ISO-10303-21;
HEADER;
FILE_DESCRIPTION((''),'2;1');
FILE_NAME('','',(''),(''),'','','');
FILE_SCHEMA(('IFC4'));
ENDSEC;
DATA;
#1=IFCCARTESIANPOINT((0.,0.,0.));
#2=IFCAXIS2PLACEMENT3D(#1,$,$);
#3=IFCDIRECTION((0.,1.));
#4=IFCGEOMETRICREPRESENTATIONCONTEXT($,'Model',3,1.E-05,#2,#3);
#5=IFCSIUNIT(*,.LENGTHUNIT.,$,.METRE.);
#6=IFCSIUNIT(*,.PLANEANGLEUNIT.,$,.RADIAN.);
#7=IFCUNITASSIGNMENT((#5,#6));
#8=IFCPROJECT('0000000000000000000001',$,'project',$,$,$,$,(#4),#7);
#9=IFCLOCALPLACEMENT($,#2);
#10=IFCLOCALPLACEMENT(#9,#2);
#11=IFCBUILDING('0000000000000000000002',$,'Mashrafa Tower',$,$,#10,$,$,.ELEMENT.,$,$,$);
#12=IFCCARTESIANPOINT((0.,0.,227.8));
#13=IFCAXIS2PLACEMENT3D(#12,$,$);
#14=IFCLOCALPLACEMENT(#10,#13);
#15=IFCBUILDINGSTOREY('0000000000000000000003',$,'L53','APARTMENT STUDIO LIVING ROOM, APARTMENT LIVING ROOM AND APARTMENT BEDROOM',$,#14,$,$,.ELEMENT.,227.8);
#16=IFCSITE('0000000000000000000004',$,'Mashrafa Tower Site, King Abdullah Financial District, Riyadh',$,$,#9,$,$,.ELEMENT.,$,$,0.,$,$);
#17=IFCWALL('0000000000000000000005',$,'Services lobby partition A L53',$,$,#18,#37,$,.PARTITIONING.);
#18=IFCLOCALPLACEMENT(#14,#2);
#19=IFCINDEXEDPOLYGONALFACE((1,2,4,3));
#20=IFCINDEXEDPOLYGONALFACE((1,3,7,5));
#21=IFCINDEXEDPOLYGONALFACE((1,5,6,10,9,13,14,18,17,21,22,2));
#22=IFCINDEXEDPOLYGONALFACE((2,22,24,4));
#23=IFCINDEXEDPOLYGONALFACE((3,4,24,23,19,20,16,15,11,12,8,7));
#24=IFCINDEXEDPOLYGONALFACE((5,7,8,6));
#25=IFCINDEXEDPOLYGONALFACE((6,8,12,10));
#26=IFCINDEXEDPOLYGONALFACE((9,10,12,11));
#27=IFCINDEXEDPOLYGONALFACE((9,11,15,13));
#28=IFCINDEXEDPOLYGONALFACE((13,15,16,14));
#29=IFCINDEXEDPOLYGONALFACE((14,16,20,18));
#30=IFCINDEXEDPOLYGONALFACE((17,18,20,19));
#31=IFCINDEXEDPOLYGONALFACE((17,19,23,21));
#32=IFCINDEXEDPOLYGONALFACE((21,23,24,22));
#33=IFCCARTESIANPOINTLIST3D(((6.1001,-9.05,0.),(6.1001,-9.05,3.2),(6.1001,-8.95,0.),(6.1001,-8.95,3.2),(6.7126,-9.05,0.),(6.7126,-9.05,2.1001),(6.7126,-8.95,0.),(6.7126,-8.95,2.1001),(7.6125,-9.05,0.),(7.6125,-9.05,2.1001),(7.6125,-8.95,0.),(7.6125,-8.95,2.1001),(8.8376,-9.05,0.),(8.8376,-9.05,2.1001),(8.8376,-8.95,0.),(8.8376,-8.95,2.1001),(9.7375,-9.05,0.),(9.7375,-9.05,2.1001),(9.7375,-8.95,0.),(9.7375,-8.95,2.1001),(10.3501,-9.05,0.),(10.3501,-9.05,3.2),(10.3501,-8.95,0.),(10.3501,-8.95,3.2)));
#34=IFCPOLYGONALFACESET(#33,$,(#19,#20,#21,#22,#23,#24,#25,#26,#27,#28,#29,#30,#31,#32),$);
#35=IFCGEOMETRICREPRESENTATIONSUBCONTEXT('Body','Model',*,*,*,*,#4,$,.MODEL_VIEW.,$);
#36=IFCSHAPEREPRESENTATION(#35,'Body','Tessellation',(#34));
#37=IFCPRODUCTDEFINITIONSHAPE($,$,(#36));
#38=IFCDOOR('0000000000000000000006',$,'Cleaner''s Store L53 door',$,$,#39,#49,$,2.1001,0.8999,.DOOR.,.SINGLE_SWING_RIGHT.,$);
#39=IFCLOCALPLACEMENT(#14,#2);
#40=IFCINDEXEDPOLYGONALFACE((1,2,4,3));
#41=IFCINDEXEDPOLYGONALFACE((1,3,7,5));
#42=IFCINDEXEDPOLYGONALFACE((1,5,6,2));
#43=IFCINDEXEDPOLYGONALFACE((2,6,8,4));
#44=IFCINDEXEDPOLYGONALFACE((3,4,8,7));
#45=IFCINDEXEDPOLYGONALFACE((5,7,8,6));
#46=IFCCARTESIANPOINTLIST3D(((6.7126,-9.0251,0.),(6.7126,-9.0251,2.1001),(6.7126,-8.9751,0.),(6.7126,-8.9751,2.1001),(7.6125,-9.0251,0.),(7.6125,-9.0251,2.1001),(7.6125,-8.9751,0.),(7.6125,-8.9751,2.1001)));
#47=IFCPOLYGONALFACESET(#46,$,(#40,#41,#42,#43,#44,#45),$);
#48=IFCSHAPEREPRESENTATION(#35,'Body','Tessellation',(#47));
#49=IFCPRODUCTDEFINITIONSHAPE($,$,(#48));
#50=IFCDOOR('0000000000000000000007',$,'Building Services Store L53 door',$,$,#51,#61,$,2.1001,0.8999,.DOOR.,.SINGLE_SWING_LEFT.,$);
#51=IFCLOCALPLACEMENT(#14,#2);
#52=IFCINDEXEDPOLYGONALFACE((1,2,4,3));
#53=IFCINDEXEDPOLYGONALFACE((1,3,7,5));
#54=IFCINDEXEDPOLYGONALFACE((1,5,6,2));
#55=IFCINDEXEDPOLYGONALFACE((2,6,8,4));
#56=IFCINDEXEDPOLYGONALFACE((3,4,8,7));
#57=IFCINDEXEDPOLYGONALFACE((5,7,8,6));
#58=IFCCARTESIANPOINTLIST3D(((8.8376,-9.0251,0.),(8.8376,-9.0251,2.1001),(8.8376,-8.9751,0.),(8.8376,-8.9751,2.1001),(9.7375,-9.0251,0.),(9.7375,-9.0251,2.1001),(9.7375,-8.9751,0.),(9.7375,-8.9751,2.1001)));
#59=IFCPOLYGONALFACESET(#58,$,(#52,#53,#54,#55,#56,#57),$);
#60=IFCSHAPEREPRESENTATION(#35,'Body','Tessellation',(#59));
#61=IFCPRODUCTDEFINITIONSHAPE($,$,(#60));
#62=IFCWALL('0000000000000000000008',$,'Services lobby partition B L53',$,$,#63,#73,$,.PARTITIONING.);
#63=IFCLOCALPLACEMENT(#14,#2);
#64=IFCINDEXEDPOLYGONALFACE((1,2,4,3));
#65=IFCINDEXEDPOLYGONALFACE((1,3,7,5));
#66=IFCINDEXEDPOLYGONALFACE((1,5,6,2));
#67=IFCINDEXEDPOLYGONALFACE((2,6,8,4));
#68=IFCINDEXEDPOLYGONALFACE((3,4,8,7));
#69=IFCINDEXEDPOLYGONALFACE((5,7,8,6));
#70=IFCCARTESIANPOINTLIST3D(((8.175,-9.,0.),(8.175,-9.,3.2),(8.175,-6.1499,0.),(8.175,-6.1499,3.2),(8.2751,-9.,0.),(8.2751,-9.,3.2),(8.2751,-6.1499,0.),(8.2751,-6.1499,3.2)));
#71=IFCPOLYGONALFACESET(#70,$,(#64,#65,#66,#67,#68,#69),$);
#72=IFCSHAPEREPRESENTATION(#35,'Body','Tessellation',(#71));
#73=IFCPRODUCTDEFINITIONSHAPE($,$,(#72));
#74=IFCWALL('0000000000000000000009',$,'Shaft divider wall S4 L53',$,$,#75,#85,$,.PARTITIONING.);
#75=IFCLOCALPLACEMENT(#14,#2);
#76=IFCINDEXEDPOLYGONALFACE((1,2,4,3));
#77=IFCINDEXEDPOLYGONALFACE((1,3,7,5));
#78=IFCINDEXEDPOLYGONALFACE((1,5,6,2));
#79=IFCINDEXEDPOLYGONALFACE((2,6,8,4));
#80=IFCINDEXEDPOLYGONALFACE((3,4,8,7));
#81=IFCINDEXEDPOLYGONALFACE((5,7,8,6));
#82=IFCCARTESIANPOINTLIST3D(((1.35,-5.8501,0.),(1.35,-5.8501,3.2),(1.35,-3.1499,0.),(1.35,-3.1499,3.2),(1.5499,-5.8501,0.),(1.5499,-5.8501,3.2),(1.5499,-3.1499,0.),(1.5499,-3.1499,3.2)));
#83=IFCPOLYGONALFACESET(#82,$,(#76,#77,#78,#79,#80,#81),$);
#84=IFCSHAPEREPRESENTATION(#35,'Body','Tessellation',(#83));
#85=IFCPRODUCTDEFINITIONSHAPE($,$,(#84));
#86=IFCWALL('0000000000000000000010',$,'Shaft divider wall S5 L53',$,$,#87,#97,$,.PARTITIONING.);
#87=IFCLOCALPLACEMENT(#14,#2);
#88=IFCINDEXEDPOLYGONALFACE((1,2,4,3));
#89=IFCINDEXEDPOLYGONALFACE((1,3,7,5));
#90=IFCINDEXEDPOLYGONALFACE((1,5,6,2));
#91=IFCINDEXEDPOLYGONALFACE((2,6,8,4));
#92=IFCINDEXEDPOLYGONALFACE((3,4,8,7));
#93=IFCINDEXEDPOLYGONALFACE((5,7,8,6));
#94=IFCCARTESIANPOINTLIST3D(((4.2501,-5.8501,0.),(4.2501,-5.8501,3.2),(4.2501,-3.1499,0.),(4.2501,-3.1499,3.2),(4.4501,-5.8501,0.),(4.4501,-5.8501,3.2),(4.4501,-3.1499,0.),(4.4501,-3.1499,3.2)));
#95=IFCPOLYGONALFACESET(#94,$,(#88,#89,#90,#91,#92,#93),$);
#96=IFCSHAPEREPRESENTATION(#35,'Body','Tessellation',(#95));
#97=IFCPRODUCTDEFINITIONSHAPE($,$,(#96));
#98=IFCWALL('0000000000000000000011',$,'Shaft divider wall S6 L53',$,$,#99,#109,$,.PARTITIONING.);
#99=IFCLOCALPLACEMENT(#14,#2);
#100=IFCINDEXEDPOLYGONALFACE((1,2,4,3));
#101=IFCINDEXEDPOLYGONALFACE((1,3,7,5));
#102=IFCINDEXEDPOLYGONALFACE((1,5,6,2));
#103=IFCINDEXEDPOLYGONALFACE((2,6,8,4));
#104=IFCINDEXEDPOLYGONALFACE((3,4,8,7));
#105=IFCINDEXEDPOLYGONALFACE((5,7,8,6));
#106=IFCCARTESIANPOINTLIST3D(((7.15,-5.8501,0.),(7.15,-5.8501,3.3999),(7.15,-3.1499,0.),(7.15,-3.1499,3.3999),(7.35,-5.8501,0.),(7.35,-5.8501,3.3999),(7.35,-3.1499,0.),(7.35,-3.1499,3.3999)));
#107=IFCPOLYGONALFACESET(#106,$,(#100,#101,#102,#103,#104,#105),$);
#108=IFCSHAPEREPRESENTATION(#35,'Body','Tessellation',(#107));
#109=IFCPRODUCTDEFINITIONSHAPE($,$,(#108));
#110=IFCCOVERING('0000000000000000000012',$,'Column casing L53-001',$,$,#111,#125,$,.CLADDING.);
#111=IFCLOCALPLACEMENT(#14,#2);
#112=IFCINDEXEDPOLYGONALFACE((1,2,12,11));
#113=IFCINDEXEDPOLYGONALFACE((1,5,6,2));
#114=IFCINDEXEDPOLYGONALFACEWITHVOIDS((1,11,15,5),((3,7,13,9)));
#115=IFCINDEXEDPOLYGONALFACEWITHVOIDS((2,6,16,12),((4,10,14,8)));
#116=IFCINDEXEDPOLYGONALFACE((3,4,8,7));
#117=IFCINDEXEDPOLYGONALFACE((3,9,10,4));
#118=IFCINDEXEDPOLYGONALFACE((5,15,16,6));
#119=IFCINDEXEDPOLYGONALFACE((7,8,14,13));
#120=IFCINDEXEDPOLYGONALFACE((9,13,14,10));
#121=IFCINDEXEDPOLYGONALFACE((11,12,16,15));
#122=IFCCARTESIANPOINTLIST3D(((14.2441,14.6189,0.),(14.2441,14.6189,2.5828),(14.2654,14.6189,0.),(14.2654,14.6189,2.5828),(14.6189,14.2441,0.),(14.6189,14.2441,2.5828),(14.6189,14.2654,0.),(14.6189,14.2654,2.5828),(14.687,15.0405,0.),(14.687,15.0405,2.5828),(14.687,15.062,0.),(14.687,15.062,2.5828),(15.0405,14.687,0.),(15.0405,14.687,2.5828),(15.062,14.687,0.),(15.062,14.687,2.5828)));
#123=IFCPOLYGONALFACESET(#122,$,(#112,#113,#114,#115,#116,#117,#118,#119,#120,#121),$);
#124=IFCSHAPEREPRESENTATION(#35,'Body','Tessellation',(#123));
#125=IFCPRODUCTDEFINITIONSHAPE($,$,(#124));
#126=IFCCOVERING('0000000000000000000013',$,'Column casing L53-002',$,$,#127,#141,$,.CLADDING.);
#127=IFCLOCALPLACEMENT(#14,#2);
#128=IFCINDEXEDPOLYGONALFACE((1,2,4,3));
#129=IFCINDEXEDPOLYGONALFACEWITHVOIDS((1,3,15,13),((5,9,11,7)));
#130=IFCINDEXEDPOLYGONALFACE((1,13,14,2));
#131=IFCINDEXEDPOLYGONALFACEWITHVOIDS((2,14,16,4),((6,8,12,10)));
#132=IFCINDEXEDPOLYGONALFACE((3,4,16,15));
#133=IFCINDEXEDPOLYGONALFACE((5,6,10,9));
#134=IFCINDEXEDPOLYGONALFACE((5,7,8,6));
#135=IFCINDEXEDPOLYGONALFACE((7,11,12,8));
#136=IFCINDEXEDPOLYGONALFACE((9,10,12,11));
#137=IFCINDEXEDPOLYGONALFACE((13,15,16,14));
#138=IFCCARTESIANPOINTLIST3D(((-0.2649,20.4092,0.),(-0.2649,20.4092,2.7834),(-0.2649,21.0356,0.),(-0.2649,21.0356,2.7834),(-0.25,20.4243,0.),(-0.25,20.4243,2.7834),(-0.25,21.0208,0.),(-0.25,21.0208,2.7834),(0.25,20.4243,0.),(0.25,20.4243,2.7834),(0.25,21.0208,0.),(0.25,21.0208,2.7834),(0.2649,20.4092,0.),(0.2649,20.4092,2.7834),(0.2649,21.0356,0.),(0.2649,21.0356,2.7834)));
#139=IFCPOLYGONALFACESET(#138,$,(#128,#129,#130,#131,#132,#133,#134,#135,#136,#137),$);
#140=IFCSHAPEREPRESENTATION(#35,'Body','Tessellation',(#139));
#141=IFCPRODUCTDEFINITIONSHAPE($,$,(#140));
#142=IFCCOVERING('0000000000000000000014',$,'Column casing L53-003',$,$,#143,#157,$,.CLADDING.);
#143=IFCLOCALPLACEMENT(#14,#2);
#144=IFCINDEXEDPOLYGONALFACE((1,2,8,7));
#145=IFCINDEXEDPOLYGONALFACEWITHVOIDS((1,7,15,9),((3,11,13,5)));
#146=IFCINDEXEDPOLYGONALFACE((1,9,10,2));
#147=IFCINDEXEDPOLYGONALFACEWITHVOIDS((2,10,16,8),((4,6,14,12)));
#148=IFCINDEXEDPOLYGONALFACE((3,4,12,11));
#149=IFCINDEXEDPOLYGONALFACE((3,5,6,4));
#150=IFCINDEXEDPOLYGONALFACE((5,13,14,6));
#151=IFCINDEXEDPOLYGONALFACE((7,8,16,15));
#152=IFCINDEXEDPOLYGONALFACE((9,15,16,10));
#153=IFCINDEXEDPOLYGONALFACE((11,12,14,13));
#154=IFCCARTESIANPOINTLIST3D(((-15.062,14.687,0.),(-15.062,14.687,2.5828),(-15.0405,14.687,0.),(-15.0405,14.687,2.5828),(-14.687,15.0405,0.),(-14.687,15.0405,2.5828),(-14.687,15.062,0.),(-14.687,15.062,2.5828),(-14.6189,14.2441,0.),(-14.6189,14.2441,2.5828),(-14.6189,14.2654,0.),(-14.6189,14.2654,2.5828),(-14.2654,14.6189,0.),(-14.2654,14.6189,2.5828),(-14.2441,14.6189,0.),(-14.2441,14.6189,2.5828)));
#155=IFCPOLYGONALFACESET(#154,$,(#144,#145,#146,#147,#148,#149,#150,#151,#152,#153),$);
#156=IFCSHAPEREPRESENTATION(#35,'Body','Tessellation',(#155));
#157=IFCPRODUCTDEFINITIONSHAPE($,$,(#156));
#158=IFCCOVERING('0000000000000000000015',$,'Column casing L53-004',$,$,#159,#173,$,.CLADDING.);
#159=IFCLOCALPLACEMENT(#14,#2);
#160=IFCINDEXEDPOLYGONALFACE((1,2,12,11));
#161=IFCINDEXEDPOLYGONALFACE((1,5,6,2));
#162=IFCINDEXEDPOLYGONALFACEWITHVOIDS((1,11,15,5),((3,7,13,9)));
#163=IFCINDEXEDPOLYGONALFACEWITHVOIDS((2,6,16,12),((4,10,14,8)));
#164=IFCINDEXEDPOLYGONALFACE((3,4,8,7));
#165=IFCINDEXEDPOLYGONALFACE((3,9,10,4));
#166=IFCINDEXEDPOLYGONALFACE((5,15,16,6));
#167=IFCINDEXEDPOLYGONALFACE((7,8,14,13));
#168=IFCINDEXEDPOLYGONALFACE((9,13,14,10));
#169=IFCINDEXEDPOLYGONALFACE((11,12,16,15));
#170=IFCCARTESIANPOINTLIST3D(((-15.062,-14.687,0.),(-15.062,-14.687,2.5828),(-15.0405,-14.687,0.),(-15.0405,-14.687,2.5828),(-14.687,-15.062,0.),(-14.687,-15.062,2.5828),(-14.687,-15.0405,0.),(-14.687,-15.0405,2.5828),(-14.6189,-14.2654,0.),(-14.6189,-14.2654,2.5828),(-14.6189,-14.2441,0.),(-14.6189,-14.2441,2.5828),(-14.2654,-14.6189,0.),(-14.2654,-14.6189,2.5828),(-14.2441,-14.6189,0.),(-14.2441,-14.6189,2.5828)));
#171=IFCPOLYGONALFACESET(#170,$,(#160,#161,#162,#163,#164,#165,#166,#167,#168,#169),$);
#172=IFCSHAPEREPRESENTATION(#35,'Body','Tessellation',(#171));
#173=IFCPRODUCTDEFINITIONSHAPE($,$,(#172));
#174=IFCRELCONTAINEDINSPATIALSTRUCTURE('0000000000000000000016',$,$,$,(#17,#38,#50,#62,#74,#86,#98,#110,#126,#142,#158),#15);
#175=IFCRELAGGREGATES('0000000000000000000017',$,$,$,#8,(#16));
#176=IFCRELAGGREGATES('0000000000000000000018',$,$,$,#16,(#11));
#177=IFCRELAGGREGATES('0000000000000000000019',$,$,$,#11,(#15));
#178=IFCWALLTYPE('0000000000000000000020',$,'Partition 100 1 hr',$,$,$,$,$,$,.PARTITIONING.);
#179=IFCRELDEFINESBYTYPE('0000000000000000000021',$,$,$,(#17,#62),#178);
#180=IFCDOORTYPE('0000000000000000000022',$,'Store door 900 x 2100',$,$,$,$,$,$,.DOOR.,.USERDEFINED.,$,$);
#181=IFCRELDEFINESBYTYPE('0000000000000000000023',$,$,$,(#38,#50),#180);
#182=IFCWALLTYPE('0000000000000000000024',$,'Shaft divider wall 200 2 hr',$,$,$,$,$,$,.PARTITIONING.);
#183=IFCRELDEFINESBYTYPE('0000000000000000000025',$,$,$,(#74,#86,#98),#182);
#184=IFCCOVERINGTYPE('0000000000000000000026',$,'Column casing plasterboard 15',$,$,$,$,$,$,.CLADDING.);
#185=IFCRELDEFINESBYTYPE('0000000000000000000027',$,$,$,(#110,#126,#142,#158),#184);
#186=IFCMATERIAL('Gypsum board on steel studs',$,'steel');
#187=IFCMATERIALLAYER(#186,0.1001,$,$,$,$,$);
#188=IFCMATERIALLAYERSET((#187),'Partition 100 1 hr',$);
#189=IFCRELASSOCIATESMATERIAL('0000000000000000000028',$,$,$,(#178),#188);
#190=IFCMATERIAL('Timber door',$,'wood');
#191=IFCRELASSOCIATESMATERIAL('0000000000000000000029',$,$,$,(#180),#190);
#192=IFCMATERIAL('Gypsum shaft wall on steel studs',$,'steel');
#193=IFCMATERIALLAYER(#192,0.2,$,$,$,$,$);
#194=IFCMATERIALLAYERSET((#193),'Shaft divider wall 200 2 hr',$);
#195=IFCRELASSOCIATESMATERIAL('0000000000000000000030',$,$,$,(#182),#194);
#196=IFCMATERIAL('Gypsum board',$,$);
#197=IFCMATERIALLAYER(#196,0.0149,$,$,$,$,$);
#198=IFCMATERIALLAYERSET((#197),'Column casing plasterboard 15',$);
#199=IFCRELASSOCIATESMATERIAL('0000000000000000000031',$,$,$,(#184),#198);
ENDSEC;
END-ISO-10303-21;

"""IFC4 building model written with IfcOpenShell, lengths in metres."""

from ifc_helpers import new_model, si_unit, direction, frame, frame_2d, origin, place, context, subcontext, project, spatial, polyline, rectangle, outline, extrude, material, layer, layer_set, type_object, element, fill, save


model = new_model("IFC4")

# Units and contexts
model_context = context("Model", 3, precision=1e-05, world=origin(), true_north=direction((0.0, 1.0)))
body_context = subcontext(model_context, "Body", "Model", "MODEL_VIEW")
ifc_project = project(units=[si_unit("LENGTHUNIT", "METRE"), si_unit("PLANEANGLEUNIT", "RADIAN")], contexts=[model_context])

# Site, building, storey
site_placement = place(None, origin())
site = spatial("IfcSite", under=ifc_project, at=site_placement, Name="Mashrafa Tower Site, King Abdullah Financial District, Riyadh", CompositionType="ELEMENT", RefElevation=0.0)
building_placement = place(site_placement, origin())
building = spatial("IfcBuilding", under=site, at=building_placement, Name="Mashrafa Tower", CompositionType="ELEMENT")
storey_placement = place(building_placement, frame((0.0, 0.0, 227.8)))
storey = spatial("IfcBuildingStorey", under=building, at=storey_placement, Name="L53", Description="APARTMENT STUDIO LIVING ROOM, APARTMENT LIVING ROOM AND APARTMENT BEDROOM", CompositionType="ELEMENT", Elevation=227.8)

# Wall, openings, doors
ifc_material_1 = material(Name="Gypsum board on steel studs", Category="steel")
ifc_layer_1 = layer(ifc_material_1, 0.1001)
ifc_layer_set_1 = layer_set([ifc_layer_1], Name="Partition 100 1 hr")
wall_type_1 = type_object("IfcWallType", Name="Partition 100 1 hr", PredefinedType="PARTITIONING", material=ifc_layer_set_1)
wall_1_placement = place(storey_placement, frame((6.1001, -9.0, 0.0), z_axis=(0.0, 0.0, 1.0), x_axis=(1.0, 0.0, 0.0)))
wall_1 = element("IfcWall", 1, at=wall_1_placement, inside=storey, type_object=wall_type_1, Name="Services lobby partition A L53", PredefinedType="PARTITIONING", context=body_context, shape_type="SweptSolid", body=[
    extrude(rectangle(XDim=4.25, YDim=0.1001, at=frame_2d((2.125, 0.0))), origin(), (0.0, 0.0, 1.0), 3.2),
])
opening_1_placement = place(wall_1_placement, frame((0.6125, 0.0, 0.0)))
opening_1 = element("IfcOpeningElement", 2, at=opening_1_placement, cuts=wall_1, PredefinedType="OPENING", context=body_context, shape_type="SweptSolid", body=[
    extrude(rectangle(XDim=0.8999, YDim=2.1001, at=frame_2d((0.45, 1.05))), frame((0.0, 0.0601, 0.0), z_axis=(0.0, -1.0, 0.0), x_axis=(1.0, 0.0, 0.0)), (0.0, 0.0, 1.0), 0.1201),
])
opening_2_placement = place(wall_1_placement, frame((2.7375, 0.0, 0.0)))
opening_2 = element("IfcOpeningElement", 3, at=opening_2_placement, cuts=wall_1, PredefinedType="OPENING", context=body_context, shape_type="SweptSolid", body=[
    extrude(rectangle(XDim=0.8999, YDim=2.1001, at=frame_2d((0.45, 1.05))), frame((0.0, 0.0601, 0.0), z_axis=(0.0, -1.0, 0.0), x_axis=(1.0, 0.0, 0.0)), (0.0, 0.0, 1.0), 0.1201),
])
ifc_material_2 = material(Name="Timber door", Category="wood")
door_type_1 = type_object("IfcDoorType", Name="Store door 900 x 2100", OperationType="USERDEFINED", PredefinedType="DOOR", material=ifc_material_2)
door_1_placement = place(opening_1_placement, origin())
door_1 = element("IfcDoor", 4, at=door_1_placement, inside=storey, type_object=door_type_1, Name="Cleaner's Store L53 door", OperationType="SINGLE_SWING_RIGHT", OverallHeight=2.1001, OverallWidth=0.8999, PredefinedType="DOOR", context=body_context, shape_type="SweptSolid", body=[
    extrude(rectangle(XDim=0.8999, YDim=2.1001, at=frame_2d((0.45, 1.05))), frame((0.0, 0.0249, 0.0), z_axis=(0.0, -1.0, 0.0), x_axis=(1.0, 0.0, 0.0)), (0.0, 0.0, 1.0), 0.05),
])
fill(opening_1, door_1)
door_2_placement = place(opening_2_placement, origin())
door_2 = element("IfcDoor", 5, at=door_2_placement, inside=storey, type_object=door_type_1, Name="Building Services Store L53 door", OperationType="SINGLE_SWING_LEFT", OverallHeight=2.1001, OverallWidth=0.8999, PredefinedType="DOOR", context=body_context, shape_type="SweptSolid", body=[
    extrude(rectangle(XDim=0.8999, YDim=2.1001, at=frame_2d((0.45, 1.05))), frame((0.0, 0.0249, 0.0), z_axis=(0.0, -1.0, 0.0), x_axis=(1.0, 0.0, 0.0)), (0.0, 0.0, 1.0), 0.05),
])
fill(opening_2, door_2)

# Walls
wall_2_placement = place(storey_placement, frame((8.2251, -9.0, 0.0), z_axis=(0.0, 0.0, 1.0), x_axis=(0.0, 1.0, 0.0)))
element("IfcWall", 6, at=wall_2_placement, inside=storey, type_object=wall_type_1, Name="Services lobby partition B L53", PredefinedType="PARTITIONING", context=body_context, shape_type="SweptSolid", body=[
    extrude(rectangle(XDim=2.8501, YDim=0.1001, at=frame_2d((1.425, 0.0))), origin(), (0.0, 0.0, 1.0), 3.2),
])
ifc_material_3 = material(Name="Gypsum shaft wall on steel studs", Category="steel")
ifc_layer_2 = layer(ifc_material_3, 0.2)
ifc_layer_set_2 = layer_set([ifc_layer_2], Name="Shaft divider wall 200 2 hr")
wall_type_2 = type_object("IfcWallType", Name="Shaft divider wall 200 2 hr", PredefinedType="PARTITIONING", material=ifc_layer_set_2)
for number, where, z_axis, x_axis, name in (
    (7, (1.45, -5.8501, 0.0), (0.0, 0.0, 1.0), (0.0, 1.0, 0.0), "Shaft divider wall S4 L53"),
    (8, (4.3501, -5.8501, 0.0), (0.0, 0.0, 1.0), (0.0, 1.0, 0.0), "Shaft divider wall S5 L53"),
):
    element("IfcWall", number, at=place(storey_placement, frame(where, z_axis=z_axis, x_axis=x_axis)), inside=storey, type_object=wall_type_2, Name=name, PredefinedType="PARTITIONING", context=body_context, shape_type="SweptSolid", body=[
        extrude(rectangle(XDim=2.7002, YDim=0.2, at=frame_2d((1.3501, 0.0))), origin(), (0.0, 0.0, 1.0), 3.2),
    ])
wall_3_placement = place(storey_placement, frame((7.25, -5.8501, 0.0), z_axis=(0.0, 0.0, 1.0), x_axis=(0.0, 1.0, 0.0)))
element("IfcWall", 9, at=wall_3_placement, inside=storey, type_object=wall_type_2, Name="Shaft divider wall S6 L53", PredefinedType="PARTITIONING", context=body_context, shape_type="SweptSolid", body=[
    extrude(rectangle(XDim=2.7002, YDim=0.2, at=frame_2d((1.3501, 0.0))), origin(), (0.0, 0.0, 1.0), 3.3999),
])

# Coverings
ifc_material_4 = material(Name="Gypsum board")
ifc_layer_3 = layer(ifc_material_4, 0.0149)
ifc_layer_set_3 = layer_set([ifc_layer_3], Name="Column casing plasterboard 15")
covering_type = type_object("IfcCoveringType", Name="Column casing plasterboard 15", PredefinedType="CLADDING", material=ifc_layer_set_3)
covering_1_placement = place(storey_placement, origin())
element("IfcCovering", 10, at=covering_1_placement, inside=storey, type_object=covering_type, Name="Column casing L53-001", PredefinedType="CLADDING", context=body_context, shape_type="SweptSolid", body=[
    extrude(outline(polyline([(14.2441, 14.6189), (14.687, 15.062), (15.062, 14.687), (14.6189, 14.2441), (14.2441, 14.6189)]), holes=[polyline([(15.0405, 14.687), (14.687, 15.0405), (14.2654, 14.6189), (14.6189, 14.2654), (15.0405, 14.687)])]), origin(), (0.0, 0.0, 1.0), 2.5828),
])
covering_2_placement = place(storey_placement, origin())
element("IfcCovering", 11, at=covering_2_placement, inside=storey, type_object=covering_type, Name="Column casing L53-002", PredefinedType="CLADDING", context=body_context, shape_type="SweptSolid", body=[
    extrude(outline(polyline([(-0.2649, 21.0356), (0.2649, 21.0356), (0.2649, 20.4092), (-0.2649, 20.4092), (-0.2649, 21.0356)]), holes=[polyline([(0.25, 20.4243), (0.25, 21.0208), (-0.25, 21.0208), (-0.25, 20.4243), (0.25, 20.4243)])]), origin(), (0.0, 0.0, 1.0), 2.7834),
])
covering_3_placement = place(storey_placement, origin())
element("IfcCovering", 12, at=covering_3_placement, inside=storey, type_object=covering_type, Name="Column casing L53-003", PredefinedType="CLADDING", context=body_context, shape_type="SweptSolid", body=[
    extrude(outline(polyline([(-15.062, 14.687), (-14.687, 15.062), (-14.2441, 14.6189), (-14.6189, 14.2441), (-15.062, 14.687)]), holes=[polyline([(-14.2654, 14.6189), (-14.687, 15.0405), (-15.0405, 14.687), (-14.6189, 14.2654), (-14.2654, 14.6189)])]), origin(), (0.0, 0.0, 1.0), 2.5828),
])
covering_4_placement = place(storey_placement, origin())
element("IfcCovering", 13, at=covering_4_placement, inside=storey, type_object=covering_type, Name="Column casing L53-004", PredefinedType="CLADDING", context=body_context, shape_type="SweptSolid", body=[
    extrude(outline(polyline([(-15.062, -14.687), (-14.6189, -14.2441), (-14.2441, -14.6189), (-14.687, -15.062), (-15.062, -14.687)]), holes=[polyline([(-14.2654, -14.6189), (-14.6189, -14.2654), (-15.0405, -14.687), (-14.687, -15.0405), (-14.2654, -14.6189)])]), origin(), (0.0, 0.0, 1.0), 2.5828),
])

save(model, "model.ifc")
